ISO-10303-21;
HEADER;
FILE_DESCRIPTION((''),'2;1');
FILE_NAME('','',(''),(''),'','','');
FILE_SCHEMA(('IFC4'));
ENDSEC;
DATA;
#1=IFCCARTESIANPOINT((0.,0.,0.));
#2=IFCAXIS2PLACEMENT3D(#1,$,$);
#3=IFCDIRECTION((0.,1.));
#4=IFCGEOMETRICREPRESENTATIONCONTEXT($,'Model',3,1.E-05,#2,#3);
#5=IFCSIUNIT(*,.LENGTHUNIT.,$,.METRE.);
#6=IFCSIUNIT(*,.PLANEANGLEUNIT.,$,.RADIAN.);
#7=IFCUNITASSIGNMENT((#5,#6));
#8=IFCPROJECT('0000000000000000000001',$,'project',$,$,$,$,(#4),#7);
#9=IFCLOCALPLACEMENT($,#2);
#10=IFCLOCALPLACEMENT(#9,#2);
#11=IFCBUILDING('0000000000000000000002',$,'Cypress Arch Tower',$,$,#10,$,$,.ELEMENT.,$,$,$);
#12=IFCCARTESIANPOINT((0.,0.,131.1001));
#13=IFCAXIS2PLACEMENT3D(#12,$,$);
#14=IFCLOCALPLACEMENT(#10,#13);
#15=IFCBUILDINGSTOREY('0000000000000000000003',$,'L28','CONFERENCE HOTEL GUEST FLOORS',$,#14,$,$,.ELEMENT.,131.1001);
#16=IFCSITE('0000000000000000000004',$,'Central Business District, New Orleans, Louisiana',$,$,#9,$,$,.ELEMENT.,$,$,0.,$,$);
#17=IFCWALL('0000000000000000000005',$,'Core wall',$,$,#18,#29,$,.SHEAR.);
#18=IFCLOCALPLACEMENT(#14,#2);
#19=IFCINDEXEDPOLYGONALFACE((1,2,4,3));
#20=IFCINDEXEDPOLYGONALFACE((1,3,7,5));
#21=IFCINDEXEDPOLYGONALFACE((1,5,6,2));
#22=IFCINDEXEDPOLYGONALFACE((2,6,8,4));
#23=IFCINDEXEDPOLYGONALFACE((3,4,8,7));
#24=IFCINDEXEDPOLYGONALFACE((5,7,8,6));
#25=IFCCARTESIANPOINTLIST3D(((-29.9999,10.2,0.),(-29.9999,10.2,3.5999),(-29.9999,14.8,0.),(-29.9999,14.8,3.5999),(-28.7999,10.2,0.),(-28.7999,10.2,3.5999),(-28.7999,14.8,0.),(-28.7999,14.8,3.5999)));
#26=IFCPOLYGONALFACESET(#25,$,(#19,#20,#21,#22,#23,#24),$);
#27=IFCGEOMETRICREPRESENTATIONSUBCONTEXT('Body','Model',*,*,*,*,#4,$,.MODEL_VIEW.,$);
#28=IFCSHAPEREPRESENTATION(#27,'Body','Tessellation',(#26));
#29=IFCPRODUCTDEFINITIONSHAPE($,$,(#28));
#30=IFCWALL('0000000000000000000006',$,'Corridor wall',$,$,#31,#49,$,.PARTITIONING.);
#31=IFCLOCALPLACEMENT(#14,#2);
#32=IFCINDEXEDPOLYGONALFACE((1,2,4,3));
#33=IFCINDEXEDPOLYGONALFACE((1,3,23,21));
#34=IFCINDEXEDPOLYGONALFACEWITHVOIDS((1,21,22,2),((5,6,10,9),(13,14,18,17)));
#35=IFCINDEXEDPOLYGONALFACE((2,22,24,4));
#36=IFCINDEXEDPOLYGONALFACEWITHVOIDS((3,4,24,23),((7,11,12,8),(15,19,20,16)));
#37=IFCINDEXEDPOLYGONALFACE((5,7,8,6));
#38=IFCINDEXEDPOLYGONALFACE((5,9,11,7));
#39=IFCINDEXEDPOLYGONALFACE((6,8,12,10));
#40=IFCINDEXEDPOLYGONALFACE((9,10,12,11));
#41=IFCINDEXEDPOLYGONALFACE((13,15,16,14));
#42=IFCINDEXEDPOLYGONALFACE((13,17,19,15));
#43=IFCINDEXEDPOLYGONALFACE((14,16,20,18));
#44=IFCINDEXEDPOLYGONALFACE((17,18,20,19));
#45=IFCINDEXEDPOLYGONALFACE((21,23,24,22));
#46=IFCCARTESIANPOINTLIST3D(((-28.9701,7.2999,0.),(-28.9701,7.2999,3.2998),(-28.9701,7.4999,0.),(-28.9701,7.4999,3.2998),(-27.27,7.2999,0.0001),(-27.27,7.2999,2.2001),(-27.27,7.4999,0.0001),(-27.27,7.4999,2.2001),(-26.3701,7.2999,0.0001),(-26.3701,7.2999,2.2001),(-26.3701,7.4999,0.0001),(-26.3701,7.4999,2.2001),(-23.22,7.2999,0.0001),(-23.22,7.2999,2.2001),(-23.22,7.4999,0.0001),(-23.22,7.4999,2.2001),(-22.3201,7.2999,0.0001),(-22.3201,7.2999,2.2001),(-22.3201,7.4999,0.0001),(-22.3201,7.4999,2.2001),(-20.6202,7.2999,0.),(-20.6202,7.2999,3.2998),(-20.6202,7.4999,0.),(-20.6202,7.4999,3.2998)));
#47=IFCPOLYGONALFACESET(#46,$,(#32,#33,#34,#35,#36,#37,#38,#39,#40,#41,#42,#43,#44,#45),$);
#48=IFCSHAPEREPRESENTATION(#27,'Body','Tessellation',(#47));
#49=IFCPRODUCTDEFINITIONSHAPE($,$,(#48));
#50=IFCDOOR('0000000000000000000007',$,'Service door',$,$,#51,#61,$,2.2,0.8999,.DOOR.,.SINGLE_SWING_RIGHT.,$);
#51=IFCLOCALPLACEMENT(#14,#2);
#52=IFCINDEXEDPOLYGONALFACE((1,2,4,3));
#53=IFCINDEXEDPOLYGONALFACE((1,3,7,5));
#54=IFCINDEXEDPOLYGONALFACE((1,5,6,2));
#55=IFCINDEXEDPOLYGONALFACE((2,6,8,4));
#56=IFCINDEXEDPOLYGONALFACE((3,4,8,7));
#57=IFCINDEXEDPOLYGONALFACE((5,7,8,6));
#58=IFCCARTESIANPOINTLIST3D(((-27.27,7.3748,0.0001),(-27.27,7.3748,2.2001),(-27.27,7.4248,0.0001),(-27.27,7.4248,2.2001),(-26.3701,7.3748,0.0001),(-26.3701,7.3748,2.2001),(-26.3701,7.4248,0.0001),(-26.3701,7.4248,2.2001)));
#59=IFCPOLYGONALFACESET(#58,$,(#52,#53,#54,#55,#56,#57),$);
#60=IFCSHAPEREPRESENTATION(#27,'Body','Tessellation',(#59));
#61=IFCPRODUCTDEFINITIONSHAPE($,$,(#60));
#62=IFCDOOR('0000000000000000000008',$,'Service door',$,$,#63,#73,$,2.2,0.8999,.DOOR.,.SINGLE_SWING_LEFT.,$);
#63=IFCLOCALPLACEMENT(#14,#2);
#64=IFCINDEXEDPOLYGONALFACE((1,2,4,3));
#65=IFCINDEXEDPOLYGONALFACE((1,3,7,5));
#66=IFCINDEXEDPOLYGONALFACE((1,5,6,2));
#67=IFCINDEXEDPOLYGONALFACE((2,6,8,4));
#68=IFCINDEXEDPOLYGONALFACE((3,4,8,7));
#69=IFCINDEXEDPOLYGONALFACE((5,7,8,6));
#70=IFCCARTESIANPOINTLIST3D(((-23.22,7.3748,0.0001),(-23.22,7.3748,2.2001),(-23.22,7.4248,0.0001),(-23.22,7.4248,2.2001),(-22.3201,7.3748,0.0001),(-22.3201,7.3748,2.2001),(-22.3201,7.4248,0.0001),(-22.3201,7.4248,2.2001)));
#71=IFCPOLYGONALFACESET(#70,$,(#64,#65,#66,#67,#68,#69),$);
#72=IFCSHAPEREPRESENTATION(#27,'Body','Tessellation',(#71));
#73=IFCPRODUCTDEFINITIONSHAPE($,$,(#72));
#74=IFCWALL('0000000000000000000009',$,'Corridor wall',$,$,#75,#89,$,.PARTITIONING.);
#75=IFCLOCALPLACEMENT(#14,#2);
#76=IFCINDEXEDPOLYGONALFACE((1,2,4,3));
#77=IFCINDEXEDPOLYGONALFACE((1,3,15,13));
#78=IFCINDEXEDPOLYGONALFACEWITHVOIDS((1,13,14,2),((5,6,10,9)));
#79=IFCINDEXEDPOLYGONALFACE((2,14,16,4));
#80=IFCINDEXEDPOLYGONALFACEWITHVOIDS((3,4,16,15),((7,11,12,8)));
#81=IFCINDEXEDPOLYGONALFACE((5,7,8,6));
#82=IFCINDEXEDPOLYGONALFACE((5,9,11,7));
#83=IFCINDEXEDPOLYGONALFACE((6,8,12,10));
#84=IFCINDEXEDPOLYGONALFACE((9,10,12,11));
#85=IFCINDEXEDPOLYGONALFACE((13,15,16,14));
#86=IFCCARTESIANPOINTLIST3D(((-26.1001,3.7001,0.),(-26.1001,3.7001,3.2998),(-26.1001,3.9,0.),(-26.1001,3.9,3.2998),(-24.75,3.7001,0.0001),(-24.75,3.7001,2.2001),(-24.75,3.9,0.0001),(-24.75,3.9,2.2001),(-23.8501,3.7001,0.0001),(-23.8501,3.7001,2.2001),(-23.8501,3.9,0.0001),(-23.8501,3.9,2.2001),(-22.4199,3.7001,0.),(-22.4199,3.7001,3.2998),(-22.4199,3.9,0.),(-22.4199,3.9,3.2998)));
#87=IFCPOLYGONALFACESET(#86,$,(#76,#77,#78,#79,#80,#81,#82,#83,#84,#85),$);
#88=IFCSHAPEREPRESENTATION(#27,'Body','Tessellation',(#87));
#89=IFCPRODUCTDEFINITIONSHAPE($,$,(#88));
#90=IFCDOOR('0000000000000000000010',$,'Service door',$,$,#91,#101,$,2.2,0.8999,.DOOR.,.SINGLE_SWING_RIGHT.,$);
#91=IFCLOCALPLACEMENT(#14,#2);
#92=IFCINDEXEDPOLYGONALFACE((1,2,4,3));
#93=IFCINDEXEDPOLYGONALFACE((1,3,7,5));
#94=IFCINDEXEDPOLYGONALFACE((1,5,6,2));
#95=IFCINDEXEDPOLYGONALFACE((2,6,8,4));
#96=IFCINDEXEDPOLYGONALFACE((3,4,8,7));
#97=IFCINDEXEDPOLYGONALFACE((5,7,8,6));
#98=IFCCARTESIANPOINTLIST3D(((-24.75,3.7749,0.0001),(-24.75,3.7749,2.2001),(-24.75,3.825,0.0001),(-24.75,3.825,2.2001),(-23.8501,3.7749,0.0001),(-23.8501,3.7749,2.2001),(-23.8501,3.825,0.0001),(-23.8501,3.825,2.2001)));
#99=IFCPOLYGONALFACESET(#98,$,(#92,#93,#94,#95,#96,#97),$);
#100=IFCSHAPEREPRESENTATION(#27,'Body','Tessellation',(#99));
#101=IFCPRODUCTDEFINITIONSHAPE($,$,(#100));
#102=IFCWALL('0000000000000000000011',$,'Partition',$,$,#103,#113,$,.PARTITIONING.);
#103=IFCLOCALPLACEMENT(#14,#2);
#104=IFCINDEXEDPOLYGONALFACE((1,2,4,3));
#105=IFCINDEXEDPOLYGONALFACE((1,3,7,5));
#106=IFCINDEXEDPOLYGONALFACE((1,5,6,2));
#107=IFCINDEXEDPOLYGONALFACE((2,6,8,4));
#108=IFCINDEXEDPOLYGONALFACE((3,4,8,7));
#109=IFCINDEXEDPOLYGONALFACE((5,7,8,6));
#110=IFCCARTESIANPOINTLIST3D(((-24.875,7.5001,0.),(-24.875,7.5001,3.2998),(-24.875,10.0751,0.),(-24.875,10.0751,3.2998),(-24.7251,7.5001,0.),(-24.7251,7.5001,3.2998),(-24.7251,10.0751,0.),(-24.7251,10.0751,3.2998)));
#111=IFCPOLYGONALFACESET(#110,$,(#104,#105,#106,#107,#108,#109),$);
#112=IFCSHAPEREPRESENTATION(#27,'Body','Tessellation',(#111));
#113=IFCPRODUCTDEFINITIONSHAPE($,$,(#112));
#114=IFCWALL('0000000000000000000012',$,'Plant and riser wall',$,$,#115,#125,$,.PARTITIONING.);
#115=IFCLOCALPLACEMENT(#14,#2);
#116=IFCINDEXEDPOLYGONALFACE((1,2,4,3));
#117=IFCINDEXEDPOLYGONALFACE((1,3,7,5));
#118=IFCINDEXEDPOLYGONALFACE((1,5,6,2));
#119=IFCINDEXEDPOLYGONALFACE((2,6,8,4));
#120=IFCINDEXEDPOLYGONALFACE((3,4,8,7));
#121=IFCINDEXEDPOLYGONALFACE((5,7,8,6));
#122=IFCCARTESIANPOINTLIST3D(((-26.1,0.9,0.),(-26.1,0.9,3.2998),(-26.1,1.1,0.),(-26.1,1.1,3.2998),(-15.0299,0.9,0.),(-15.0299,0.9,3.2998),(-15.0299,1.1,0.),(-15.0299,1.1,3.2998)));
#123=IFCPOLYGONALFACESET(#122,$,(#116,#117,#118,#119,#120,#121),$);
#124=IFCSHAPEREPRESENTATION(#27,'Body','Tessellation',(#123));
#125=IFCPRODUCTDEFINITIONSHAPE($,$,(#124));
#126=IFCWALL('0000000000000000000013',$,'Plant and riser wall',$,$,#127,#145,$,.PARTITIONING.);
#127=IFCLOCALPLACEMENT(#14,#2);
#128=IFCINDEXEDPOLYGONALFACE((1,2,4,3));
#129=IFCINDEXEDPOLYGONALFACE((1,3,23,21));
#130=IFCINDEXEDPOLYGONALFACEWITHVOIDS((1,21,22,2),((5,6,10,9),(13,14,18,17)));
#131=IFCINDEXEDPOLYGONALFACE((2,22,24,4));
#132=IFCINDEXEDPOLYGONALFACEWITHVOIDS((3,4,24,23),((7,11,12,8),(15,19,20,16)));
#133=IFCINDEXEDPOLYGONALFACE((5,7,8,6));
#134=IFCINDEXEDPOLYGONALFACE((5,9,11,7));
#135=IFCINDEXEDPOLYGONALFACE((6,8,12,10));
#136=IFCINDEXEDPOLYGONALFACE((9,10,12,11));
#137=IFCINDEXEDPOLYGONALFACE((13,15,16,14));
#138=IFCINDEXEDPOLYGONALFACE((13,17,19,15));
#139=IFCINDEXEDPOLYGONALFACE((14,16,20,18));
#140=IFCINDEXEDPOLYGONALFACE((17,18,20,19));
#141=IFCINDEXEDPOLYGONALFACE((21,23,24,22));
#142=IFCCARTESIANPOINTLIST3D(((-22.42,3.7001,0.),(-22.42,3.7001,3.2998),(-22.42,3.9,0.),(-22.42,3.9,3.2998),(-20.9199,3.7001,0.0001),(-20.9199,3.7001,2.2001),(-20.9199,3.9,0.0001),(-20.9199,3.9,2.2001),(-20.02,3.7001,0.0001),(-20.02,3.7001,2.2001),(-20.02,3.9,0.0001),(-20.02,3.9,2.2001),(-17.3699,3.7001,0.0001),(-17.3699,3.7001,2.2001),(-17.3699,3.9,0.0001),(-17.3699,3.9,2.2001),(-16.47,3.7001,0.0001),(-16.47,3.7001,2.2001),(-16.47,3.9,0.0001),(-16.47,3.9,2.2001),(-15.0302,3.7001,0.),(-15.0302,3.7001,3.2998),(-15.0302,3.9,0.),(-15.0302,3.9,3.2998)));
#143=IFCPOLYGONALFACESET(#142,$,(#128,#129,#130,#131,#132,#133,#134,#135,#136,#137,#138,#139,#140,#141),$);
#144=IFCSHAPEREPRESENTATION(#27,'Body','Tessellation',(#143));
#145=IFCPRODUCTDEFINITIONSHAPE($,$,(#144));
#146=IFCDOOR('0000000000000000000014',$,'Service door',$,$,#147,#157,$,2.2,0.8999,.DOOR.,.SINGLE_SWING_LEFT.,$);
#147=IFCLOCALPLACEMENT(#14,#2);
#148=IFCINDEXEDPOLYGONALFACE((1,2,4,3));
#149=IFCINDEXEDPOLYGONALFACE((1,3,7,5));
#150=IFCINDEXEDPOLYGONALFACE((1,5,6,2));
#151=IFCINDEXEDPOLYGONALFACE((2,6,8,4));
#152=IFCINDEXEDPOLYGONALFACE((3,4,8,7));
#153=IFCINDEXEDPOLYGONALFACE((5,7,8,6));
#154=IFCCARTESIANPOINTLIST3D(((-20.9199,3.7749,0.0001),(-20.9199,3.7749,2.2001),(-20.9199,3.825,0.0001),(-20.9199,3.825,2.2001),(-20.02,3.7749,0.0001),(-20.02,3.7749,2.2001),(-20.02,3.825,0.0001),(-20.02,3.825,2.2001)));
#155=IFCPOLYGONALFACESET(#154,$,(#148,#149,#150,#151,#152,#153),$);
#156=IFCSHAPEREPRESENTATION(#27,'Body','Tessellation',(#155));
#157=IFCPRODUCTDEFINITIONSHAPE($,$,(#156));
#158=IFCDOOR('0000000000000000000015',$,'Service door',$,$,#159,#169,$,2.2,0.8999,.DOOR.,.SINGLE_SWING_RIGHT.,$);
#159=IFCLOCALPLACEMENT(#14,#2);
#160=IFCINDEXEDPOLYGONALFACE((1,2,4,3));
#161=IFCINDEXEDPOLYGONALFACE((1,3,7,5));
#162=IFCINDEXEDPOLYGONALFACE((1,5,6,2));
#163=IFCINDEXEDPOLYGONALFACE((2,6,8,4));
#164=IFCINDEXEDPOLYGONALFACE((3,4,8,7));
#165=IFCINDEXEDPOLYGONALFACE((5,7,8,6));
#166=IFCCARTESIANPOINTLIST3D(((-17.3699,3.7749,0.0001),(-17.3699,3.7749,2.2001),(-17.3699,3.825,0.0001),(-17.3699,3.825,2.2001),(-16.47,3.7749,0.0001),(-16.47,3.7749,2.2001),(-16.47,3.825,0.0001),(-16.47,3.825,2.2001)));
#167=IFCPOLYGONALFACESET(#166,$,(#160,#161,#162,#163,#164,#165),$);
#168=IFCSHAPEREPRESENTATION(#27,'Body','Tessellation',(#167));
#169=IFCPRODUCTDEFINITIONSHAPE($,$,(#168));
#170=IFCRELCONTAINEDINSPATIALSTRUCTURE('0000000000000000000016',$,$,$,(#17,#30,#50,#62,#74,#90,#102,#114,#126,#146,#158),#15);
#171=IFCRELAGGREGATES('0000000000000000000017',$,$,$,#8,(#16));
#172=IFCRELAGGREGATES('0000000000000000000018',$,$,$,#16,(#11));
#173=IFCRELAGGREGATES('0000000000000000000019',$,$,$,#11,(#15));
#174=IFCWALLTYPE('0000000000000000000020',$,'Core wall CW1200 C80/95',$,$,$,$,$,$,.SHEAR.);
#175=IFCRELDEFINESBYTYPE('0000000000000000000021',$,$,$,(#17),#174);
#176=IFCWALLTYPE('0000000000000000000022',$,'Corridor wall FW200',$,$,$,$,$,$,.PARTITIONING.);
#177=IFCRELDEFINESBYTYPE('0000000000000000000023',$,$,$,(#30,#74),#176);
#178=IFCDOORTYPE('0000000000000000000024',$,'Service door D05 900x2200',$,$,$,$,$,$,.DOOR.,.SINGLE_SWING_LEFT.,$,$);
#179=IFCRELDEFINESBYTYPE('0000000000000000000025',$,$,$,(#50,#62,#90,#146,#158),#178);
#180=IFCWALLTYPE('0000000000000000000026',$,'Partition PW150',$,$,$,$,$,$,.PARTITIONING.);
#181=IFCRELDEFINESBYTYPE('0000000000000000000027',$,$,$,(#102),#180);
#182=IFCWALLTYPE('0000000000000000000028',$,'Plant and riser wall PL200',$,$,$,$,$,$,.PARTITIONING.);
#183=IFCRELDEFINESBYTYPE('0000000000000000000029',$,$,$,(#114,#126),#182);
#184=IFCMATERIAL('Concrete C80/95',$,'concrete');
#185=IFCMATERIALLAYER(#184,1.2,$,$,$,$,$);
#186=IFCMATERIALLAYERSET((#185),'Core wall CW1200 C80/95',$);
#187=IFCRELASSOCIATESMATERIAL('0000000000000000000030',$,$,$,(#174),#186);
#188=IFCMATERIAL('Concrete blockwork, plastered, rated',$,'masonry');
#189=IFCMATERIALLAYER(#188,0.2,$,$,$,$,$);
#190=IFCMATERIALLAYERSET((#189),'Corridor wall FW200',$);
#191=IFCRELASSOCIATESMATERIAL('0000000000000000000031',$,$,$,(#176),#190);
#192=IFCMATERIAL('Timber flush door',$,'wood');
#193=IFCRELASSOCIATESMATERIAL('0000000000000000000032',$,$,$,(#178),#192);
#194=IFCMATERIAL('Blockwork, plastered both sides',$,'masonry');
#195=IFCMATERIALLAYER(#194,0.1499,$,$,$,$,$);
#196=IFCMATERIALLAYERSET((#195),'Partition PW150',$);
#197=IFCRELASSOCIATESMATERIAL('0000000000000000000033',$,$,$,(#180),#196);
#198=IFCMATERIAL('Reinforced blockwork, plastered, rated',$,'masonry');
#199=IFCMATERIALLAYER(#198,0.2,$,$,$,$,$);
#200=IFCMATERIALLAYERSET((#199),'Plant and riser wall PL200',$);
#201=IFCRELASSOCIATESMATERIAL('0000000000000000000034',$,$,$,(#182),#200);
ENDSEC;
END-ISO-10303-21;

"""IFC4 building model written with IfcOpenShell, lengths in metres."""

from ifc_helpers import new_model, si_unit, direction, frame, frame_2d, origin, place, context, subcontext, project, spatial, rectangle, extrude, material, layer, layer_set, type_object, element, fill, save


model = new_model("IFC4")

# Units and contexts
model_context = context("Model", 3, precision=1e-05, world=origin(), true_north=direction((0.0, 1.0)))
body_context = subcontext(model_context, "Body", "Model", "MODEL_VIEW")
ifc_project = project(units=[si_unit("LENGTHUNIT", "METRE"), si_unit("PLANEANGLEUNIT", "RADIAN")], contexts=[model_context])

# Site, building, storey
site_placement = place(None, origin())
site = spatial("IfcSite", under=ifc_project, at=site_placement, Name="Central Business District, New Orleans, Louisiana", CompositionType="ELEMENT", RefElevation=0.0)
building_placement = place(site_placement, origin())
building = spatial("IfcBuilding", under=site, at=building_placement, Name="Cypress Arch Tower", CompositionType="ELEMENT")
storey_placement = place(building_placement, frame((0.0, 0.0, 131.1001)))
storey = spatial("IfcBuildingStorey", under=building, at=storey_placement, Name="L28", Description="CONFERENCE HOTEL GUEST FLOORS", CompositionType="ELEMENT", Elevation=131.1001)

# Shared definitions
ifc_material_1 = material(Name="Concrete C80/95", Category="concrete")
ifc_layer_1 = layer(ifc_material_1, 1.2)
ifc_layer_set_1 = layer_set([ifc_layer_1], Name="Core wall CW1200 C80/95")
wall_type_1 = type_object("IfcWallType", Name="Core wall CW1200 C80/95", PredefinedType="SHEAR", material=ifc_layer_set_1)

# Wall
wall_1_placement = place(storey_placement, frame((-29.3999, 10.2, 0.0), z_axis=(0.0, 0.0, 1.0), x_axis=(0.0, 1.0, 0.0)))
element("IfcWall", 1, at=wall_1_placement, inside=storey, type_object=wall_type_1, Name="Core wall", PredefinedType="SHEAR", context=body_context, shape_type="SweptSolid", body=[
    extrude(rectangle(XDim=4.6001, YDim=1.2, at=frame_2d((2.3, 0.0))), origin(), (0.0, 0.0, 1.0), 3.5999),
])

# Wall, openings, doors
ifc_material_2 = material(Name="Concrete blockwork, plastered, rated", Category="masonry")
ifc_layer_2 = layer(ifc_material_2, 0.2)
ifc_layer_set_2 = layer_set([ifc_layer_2], Name="Corridor wall FW200")
wall_type_2 = type_object("IfcWallType", Name="Corridor wall FW200", PredefinedType="PARTITIONING", material=ifc_layer_set_2)
wall_2_placement = place(storey_placement, frame((-28.97, 7.3999, 0.0), z_axis=(0.0, 0.0, 1.0), x_axis=(1.0, 0.0, 0.0)))
wall_2 = element("IfcWall", 2, at=wall_2_placement, inside=storey, type_object=wall_type_2, Name="Corridor wall", PredefinedType="PARTITIONING", context=body_context, shape_type="SweptSolid", body=[
    extrude(rectangle(XDim=8.3499, YDim=0.2, at=frame_2d((4.1748, 0.0))), origin(), (0.0, 0.0, 1.0), 3.2998),
])
opening_1_placement = place(wall_2_placement, frame((1.7, 0.0, 0.0)))
opening_1 = element("IfcOpeningElement", 3, at=opening_1_placement, cuts=wall_2, PredefinedType="OPENING", context=body_context, shape_type="SweptSolid", body=[
    extrude(rectangle(XDim=0.8999, YDim=2.2, at=frame_2d((0.45, 1.1001))), frame((0.0, 0.1099, 0.0), z_axis=(0.0, -1.0, 0.0), x_axis=(1.0, 0.0, 0.0)), (0.0, 0.0, 1.0), 0.22),
])
opening_2_placement = place(wall_2_placement, frame((5.75, 0.0, 0.0)))
opening_2 = element("IfcOpeningElement", 4, at=opening_2_placement, cuts=wall_2, PredefinedType="OPENING", context=body_context, shape_type="SweptSolid", body=[
    extrude(rectangle(XDim=0.8999, YDim=2.2, at=frame_2d((0.45, 1.1001))), frame((0.0, 0.1099, 0.0), z_axis=(0.0, -1.0, 0.0), x_axis=(1.0, 0.0, 0.0)), (0.0, 0.0, 1.0), 0.22),
])
ifc_material_3 = material(Name="Timber flush door", Category="wood")
door_type_1 = type_object("IfcDoorType", Name="Service door D05 900x2200", OperationType="SINGLE_SWING_LEFT", PredefinedType="DOOR", material=ifc_material_3)
door_1_placement = place(opening_1_placement, origin())
door_1 = element("IfcDoor", 5, at=door_1_placement, inside=storey, type_object=door_type_1, Name="Service door", OperationType="SINGLE_SWING_RIGHT", OverallHeight=2.2, OverallWidth=0.8999, PredefinedType="DOOR", context=body_context, shape_type="SweptSolid", body=[
    extrude(rectangle(XDim=0.8999, YDim=2.2, at=frame_2d((0.45, 1.1001))), frame((0.0, 0.0249, 0.0), z_axis=(0.0, -1.0, 0.0), x_axis=(1.0, 0.0, 0.0)), (0.0, 0.0, 1.0), 0.05),
])
fill(opening_1, door_1)
door_2_placement = place(opening_2_placement, origin())
door_2 = element("IfcDoor", 6, at=door_2_placement, inside=storey, type_object=door_type_1, Name="Service door", OperationType="SINGLE_SWING_LEFT", OverallHeight=2.2, OverallWidth=0.8999, PredefinedType="DOOR", context=body_context, shape_type="SweptSolid", body=[
    extrude(rectangle(XDim=0.8999, YDim=2.2, at=frame_2d((0.45, 1.1001))), frame((0.0, 0.0249, 0.0), z_axis=(0.0, -1.0, 0.0), x_axis=(1.0, 0.0, 0.0)), (0.0, 0.0, 1.0), 0.05),
])
fill(opening_2, door_2)

# Wall, opening, door
wall_3_placement = place(storey_placement, frame((-26.1001, 3.8, 0.0), z_axis=(0.0, 0.0, 1.0), x_axis=(1.0, 0.0, 0.0)))
wall_3 = element("IfcWall", 7, at=wall_3_placement, inside=storey, type_object=wall_type_2, Name="Corridor wall", PredefinedType="PARTITIONING", context=body_context, shape_type="SweptSolid", body=[
    extrude(rectangle(XDim=3.6802, YDim=0.2, at=frame_2d((1.8401, 0.0))), origin(), (0.0, 0.0, 1.0), 3.2998),
])
opening_3_placement = place(wall_3_placement, frame((1.3501, 0.0, 0.0)))
opening_3 = element("IfcOpeningElement", 8, at=opening_3_placement, cuts=wall_3, PredefinedType="OPENING", context=body_context, shape_type="SweptSolid", body=[
    extrude(rectangle(XDim=0.8999, YDim=2.2, at=frame_2d((0.45, 1.1001))), frame((0.0, 0.1099, 0.0), z_axis=(0.0, -1.0, 0.0), x_axis=(1.0, 0.0, 0.0)), (0.0, 0.0, 1.0), 0.22),
])
door_3_placement = place(opening_3_placement, origin())
door_3 = element("IfcDoor", 9, at=door_3_placement, inside=storey, type_object=door_type_1, Name="Service door", OperationType="SINGLE_SWING_RIGHT", OverallHeight=2.2, OverallWidth=0.8999, PredefinedType="DOOR", context=body_context, shape_type="SweptSolid", body=[
    extrude(rectangle(XDim=0.8999, YDim=2.2, at=frame_2d((0.45, 1.1001))), frame((0.0, 0.0249, 0.0), z_axis=(0.0, -1.0, 0.0), x_axis=(1.0, 0.0, 0.0)), (0.0, 0.0, 1.0), 0.05),
])
fill(opening_3, door_3)

# Walls
ifc_material_4 = material(Name="Blockwork, plastered both sides", Category="masonry")
ifc_layer_3 = layer(ifc_material_4, 0.1499)
ifc_layer_set_3 = layer_set([ifc_layer_3], Name="Partition PW150")
wall_type_3 = type_object("IfcWallType", Name="Partition PW150", PredefinedType="PARTITIONING", material=ifc_layer_set_3)
wall_4_placement = place(storey_placement, frame((-24.8, 7.5, 0.0), z_axis=(0.0, 0.0, 1.0), x_axis=(0.0, 1.0, 0.0)))
element("IfcWall", 10, at=wall_4_placement, inside=storey, type_object=wall_type_3, Name="Partition", PredefinedType="PARTITIONING", context=body_context, shape_type="SweptSolid", body=[
    extrude(rectangle(XDim=2.575, YDim=0.1499, at=frame_2d((1.2876, 0.0))), origin(), (0.0, 0.0, 1.0), 3.2998),
])
ifc_material_5 = material(Name="Reinforced blockwork, plastered, rated", Category="masonry")
ifc_layer_4 = layer(ifc_material_5, 0.2)
ifc_layer_set_4 = layer_set([ifc_layer_4], Name="Plant and riser wall PL200")
wall_type_4 = type_object("IfcWallType", Name="Plant and riser wall PL200", PredefinedType="PARTITIONING", material=ifc_layer_set_4)
wall_5_placement = place(storey_placement, frame((-26.1001, 1.0, 0.0), z_axis=(0.0, 0.0, 1.0), x_axis=(1.0, 0.0, 0.0)))
element("IfcWall", 11, at=wall_5_placement, inside=storey, type_object=wall_type_4, Name="Plant and riser wall", PredefinedType="PARTITIONING", context=body_context, shape_type="SweptSolid", body=[
    extrude(rectangle(XDim=11.0701, YDim=0.2, at=frame_2d((5.5352, 0.0))), origin(), (0.0, 0.0, 1.0), 3.2998),
])

# Wall, openings, doors
wall_6_placement = place(storey_placement, frame((-22.4199, 3.8, 0.0), z_axis=(0.0, 0.0, 1.0), x_axis=(1.0, 0.0, 0.0)))
wall_6 = element("IfcWall", 12, at=wall_6_placement, inside=storey, type_object=wall_type_4, Name="Plant and riser wall", PredefinedType="PARTITIONING", context=body_context, shape_type="SweptSolid", body=[
    extrude(rectangle(XDim=7.3899, YDim=0.2, at=frame_2d((3.6948, 0.0))), origin(), (0.0, 0.0, 1.0), 3.2998),
])
opening_4_placement = place(wall_6_placement, frame((1.5, 0.0, 0.0)))
opening_4 = element("IfcOpeningElement", 13, at=opening_4_placement, cuts=wall_6, PredefinedType="OPENING", context=body_context, shape_type="SweptSolid", body=[
    extrude(rectangle(XDim=0.8999, YDim=2.2, at=frame_2d((0.45, 1.1001))), frame((0.0, 0.1099, 0.0), z_axis=(0.0, -1.0, 0.0), x_axis=(1.0, 0.0, 0.0)), (0.0, 0.0, 1.0), 0.22),
])
opening_5_placement = place(wall_6_placement, frame((5.05, 0.0, 0.0)))
opening_5 = element("IfcOpeningElement", 14, at=opening_5_placement, cuts=wall_6, PredefinedType="OPENING", context=body_context, shape_type="SweptSolid", body=[
    extrude(rectangle(XDim=0.8999, YDim=2.2, at=frame_2d((0.45, 1.1001))), frame((0.0, 0.1099, 0.0), z_axis=(0.0, -1.0, 0.0), x_axis=(1.0, 0.0, 0.0)), (0.0, 0.0, 1.0), 0.22),
])
door_4_placement = place(opening_4_placement, origin())
door_4 = element("IfcDoor", 15, at=door_4_placement, inside=storey, type_object=door_type_1, Name="Service door", OperationType="SINGLE_SWING_LEFT", OverallHeight=2.2, OverallWidth=0.8999, PredefinedType="DOOR", context=body_context, shape_type="SweptSolid", body=[
    extrude(rectangle(XDim=0.8999, YDim=2.2, at=frame_2d((0.45, 1.1001))), frame((0.0, 0.0249, 0.0), z_axis=(0.0, -1.0, 0.0), x_axis=(1.0, 0.0, 0.0)), (0.0, 0.0, 1.0), 0.05),
])
fill(opening_4, door_4)
door_5_placement = place(opening_5_placement, origin())
door_5 = element("IfcDoor", 16, at=door_5_placement, inside=storey, type_object=door_type_1, Name="Service door", OperationType="SINGLE_SWING_RIGHT", OverallHeight=2.2, OverallWidth=0.8999, PredefinedType="DOOR", context=body_context, shape_type="SweptSolid", body=[
    extrude(rectangle(XDim=0.8999, YDim=2.2, at=frame_2d((0.45, 1.1001))), frame((0.0, 0.0249, 0.0), z_axis=(0.0, -1.0, 0.0), x_axis=(1.0, 0.0, 0.0)), (0.0, 0.0, 1.0), 0.05),
])
fill(opening_5, door_5)

save(model, "model.ifc")
